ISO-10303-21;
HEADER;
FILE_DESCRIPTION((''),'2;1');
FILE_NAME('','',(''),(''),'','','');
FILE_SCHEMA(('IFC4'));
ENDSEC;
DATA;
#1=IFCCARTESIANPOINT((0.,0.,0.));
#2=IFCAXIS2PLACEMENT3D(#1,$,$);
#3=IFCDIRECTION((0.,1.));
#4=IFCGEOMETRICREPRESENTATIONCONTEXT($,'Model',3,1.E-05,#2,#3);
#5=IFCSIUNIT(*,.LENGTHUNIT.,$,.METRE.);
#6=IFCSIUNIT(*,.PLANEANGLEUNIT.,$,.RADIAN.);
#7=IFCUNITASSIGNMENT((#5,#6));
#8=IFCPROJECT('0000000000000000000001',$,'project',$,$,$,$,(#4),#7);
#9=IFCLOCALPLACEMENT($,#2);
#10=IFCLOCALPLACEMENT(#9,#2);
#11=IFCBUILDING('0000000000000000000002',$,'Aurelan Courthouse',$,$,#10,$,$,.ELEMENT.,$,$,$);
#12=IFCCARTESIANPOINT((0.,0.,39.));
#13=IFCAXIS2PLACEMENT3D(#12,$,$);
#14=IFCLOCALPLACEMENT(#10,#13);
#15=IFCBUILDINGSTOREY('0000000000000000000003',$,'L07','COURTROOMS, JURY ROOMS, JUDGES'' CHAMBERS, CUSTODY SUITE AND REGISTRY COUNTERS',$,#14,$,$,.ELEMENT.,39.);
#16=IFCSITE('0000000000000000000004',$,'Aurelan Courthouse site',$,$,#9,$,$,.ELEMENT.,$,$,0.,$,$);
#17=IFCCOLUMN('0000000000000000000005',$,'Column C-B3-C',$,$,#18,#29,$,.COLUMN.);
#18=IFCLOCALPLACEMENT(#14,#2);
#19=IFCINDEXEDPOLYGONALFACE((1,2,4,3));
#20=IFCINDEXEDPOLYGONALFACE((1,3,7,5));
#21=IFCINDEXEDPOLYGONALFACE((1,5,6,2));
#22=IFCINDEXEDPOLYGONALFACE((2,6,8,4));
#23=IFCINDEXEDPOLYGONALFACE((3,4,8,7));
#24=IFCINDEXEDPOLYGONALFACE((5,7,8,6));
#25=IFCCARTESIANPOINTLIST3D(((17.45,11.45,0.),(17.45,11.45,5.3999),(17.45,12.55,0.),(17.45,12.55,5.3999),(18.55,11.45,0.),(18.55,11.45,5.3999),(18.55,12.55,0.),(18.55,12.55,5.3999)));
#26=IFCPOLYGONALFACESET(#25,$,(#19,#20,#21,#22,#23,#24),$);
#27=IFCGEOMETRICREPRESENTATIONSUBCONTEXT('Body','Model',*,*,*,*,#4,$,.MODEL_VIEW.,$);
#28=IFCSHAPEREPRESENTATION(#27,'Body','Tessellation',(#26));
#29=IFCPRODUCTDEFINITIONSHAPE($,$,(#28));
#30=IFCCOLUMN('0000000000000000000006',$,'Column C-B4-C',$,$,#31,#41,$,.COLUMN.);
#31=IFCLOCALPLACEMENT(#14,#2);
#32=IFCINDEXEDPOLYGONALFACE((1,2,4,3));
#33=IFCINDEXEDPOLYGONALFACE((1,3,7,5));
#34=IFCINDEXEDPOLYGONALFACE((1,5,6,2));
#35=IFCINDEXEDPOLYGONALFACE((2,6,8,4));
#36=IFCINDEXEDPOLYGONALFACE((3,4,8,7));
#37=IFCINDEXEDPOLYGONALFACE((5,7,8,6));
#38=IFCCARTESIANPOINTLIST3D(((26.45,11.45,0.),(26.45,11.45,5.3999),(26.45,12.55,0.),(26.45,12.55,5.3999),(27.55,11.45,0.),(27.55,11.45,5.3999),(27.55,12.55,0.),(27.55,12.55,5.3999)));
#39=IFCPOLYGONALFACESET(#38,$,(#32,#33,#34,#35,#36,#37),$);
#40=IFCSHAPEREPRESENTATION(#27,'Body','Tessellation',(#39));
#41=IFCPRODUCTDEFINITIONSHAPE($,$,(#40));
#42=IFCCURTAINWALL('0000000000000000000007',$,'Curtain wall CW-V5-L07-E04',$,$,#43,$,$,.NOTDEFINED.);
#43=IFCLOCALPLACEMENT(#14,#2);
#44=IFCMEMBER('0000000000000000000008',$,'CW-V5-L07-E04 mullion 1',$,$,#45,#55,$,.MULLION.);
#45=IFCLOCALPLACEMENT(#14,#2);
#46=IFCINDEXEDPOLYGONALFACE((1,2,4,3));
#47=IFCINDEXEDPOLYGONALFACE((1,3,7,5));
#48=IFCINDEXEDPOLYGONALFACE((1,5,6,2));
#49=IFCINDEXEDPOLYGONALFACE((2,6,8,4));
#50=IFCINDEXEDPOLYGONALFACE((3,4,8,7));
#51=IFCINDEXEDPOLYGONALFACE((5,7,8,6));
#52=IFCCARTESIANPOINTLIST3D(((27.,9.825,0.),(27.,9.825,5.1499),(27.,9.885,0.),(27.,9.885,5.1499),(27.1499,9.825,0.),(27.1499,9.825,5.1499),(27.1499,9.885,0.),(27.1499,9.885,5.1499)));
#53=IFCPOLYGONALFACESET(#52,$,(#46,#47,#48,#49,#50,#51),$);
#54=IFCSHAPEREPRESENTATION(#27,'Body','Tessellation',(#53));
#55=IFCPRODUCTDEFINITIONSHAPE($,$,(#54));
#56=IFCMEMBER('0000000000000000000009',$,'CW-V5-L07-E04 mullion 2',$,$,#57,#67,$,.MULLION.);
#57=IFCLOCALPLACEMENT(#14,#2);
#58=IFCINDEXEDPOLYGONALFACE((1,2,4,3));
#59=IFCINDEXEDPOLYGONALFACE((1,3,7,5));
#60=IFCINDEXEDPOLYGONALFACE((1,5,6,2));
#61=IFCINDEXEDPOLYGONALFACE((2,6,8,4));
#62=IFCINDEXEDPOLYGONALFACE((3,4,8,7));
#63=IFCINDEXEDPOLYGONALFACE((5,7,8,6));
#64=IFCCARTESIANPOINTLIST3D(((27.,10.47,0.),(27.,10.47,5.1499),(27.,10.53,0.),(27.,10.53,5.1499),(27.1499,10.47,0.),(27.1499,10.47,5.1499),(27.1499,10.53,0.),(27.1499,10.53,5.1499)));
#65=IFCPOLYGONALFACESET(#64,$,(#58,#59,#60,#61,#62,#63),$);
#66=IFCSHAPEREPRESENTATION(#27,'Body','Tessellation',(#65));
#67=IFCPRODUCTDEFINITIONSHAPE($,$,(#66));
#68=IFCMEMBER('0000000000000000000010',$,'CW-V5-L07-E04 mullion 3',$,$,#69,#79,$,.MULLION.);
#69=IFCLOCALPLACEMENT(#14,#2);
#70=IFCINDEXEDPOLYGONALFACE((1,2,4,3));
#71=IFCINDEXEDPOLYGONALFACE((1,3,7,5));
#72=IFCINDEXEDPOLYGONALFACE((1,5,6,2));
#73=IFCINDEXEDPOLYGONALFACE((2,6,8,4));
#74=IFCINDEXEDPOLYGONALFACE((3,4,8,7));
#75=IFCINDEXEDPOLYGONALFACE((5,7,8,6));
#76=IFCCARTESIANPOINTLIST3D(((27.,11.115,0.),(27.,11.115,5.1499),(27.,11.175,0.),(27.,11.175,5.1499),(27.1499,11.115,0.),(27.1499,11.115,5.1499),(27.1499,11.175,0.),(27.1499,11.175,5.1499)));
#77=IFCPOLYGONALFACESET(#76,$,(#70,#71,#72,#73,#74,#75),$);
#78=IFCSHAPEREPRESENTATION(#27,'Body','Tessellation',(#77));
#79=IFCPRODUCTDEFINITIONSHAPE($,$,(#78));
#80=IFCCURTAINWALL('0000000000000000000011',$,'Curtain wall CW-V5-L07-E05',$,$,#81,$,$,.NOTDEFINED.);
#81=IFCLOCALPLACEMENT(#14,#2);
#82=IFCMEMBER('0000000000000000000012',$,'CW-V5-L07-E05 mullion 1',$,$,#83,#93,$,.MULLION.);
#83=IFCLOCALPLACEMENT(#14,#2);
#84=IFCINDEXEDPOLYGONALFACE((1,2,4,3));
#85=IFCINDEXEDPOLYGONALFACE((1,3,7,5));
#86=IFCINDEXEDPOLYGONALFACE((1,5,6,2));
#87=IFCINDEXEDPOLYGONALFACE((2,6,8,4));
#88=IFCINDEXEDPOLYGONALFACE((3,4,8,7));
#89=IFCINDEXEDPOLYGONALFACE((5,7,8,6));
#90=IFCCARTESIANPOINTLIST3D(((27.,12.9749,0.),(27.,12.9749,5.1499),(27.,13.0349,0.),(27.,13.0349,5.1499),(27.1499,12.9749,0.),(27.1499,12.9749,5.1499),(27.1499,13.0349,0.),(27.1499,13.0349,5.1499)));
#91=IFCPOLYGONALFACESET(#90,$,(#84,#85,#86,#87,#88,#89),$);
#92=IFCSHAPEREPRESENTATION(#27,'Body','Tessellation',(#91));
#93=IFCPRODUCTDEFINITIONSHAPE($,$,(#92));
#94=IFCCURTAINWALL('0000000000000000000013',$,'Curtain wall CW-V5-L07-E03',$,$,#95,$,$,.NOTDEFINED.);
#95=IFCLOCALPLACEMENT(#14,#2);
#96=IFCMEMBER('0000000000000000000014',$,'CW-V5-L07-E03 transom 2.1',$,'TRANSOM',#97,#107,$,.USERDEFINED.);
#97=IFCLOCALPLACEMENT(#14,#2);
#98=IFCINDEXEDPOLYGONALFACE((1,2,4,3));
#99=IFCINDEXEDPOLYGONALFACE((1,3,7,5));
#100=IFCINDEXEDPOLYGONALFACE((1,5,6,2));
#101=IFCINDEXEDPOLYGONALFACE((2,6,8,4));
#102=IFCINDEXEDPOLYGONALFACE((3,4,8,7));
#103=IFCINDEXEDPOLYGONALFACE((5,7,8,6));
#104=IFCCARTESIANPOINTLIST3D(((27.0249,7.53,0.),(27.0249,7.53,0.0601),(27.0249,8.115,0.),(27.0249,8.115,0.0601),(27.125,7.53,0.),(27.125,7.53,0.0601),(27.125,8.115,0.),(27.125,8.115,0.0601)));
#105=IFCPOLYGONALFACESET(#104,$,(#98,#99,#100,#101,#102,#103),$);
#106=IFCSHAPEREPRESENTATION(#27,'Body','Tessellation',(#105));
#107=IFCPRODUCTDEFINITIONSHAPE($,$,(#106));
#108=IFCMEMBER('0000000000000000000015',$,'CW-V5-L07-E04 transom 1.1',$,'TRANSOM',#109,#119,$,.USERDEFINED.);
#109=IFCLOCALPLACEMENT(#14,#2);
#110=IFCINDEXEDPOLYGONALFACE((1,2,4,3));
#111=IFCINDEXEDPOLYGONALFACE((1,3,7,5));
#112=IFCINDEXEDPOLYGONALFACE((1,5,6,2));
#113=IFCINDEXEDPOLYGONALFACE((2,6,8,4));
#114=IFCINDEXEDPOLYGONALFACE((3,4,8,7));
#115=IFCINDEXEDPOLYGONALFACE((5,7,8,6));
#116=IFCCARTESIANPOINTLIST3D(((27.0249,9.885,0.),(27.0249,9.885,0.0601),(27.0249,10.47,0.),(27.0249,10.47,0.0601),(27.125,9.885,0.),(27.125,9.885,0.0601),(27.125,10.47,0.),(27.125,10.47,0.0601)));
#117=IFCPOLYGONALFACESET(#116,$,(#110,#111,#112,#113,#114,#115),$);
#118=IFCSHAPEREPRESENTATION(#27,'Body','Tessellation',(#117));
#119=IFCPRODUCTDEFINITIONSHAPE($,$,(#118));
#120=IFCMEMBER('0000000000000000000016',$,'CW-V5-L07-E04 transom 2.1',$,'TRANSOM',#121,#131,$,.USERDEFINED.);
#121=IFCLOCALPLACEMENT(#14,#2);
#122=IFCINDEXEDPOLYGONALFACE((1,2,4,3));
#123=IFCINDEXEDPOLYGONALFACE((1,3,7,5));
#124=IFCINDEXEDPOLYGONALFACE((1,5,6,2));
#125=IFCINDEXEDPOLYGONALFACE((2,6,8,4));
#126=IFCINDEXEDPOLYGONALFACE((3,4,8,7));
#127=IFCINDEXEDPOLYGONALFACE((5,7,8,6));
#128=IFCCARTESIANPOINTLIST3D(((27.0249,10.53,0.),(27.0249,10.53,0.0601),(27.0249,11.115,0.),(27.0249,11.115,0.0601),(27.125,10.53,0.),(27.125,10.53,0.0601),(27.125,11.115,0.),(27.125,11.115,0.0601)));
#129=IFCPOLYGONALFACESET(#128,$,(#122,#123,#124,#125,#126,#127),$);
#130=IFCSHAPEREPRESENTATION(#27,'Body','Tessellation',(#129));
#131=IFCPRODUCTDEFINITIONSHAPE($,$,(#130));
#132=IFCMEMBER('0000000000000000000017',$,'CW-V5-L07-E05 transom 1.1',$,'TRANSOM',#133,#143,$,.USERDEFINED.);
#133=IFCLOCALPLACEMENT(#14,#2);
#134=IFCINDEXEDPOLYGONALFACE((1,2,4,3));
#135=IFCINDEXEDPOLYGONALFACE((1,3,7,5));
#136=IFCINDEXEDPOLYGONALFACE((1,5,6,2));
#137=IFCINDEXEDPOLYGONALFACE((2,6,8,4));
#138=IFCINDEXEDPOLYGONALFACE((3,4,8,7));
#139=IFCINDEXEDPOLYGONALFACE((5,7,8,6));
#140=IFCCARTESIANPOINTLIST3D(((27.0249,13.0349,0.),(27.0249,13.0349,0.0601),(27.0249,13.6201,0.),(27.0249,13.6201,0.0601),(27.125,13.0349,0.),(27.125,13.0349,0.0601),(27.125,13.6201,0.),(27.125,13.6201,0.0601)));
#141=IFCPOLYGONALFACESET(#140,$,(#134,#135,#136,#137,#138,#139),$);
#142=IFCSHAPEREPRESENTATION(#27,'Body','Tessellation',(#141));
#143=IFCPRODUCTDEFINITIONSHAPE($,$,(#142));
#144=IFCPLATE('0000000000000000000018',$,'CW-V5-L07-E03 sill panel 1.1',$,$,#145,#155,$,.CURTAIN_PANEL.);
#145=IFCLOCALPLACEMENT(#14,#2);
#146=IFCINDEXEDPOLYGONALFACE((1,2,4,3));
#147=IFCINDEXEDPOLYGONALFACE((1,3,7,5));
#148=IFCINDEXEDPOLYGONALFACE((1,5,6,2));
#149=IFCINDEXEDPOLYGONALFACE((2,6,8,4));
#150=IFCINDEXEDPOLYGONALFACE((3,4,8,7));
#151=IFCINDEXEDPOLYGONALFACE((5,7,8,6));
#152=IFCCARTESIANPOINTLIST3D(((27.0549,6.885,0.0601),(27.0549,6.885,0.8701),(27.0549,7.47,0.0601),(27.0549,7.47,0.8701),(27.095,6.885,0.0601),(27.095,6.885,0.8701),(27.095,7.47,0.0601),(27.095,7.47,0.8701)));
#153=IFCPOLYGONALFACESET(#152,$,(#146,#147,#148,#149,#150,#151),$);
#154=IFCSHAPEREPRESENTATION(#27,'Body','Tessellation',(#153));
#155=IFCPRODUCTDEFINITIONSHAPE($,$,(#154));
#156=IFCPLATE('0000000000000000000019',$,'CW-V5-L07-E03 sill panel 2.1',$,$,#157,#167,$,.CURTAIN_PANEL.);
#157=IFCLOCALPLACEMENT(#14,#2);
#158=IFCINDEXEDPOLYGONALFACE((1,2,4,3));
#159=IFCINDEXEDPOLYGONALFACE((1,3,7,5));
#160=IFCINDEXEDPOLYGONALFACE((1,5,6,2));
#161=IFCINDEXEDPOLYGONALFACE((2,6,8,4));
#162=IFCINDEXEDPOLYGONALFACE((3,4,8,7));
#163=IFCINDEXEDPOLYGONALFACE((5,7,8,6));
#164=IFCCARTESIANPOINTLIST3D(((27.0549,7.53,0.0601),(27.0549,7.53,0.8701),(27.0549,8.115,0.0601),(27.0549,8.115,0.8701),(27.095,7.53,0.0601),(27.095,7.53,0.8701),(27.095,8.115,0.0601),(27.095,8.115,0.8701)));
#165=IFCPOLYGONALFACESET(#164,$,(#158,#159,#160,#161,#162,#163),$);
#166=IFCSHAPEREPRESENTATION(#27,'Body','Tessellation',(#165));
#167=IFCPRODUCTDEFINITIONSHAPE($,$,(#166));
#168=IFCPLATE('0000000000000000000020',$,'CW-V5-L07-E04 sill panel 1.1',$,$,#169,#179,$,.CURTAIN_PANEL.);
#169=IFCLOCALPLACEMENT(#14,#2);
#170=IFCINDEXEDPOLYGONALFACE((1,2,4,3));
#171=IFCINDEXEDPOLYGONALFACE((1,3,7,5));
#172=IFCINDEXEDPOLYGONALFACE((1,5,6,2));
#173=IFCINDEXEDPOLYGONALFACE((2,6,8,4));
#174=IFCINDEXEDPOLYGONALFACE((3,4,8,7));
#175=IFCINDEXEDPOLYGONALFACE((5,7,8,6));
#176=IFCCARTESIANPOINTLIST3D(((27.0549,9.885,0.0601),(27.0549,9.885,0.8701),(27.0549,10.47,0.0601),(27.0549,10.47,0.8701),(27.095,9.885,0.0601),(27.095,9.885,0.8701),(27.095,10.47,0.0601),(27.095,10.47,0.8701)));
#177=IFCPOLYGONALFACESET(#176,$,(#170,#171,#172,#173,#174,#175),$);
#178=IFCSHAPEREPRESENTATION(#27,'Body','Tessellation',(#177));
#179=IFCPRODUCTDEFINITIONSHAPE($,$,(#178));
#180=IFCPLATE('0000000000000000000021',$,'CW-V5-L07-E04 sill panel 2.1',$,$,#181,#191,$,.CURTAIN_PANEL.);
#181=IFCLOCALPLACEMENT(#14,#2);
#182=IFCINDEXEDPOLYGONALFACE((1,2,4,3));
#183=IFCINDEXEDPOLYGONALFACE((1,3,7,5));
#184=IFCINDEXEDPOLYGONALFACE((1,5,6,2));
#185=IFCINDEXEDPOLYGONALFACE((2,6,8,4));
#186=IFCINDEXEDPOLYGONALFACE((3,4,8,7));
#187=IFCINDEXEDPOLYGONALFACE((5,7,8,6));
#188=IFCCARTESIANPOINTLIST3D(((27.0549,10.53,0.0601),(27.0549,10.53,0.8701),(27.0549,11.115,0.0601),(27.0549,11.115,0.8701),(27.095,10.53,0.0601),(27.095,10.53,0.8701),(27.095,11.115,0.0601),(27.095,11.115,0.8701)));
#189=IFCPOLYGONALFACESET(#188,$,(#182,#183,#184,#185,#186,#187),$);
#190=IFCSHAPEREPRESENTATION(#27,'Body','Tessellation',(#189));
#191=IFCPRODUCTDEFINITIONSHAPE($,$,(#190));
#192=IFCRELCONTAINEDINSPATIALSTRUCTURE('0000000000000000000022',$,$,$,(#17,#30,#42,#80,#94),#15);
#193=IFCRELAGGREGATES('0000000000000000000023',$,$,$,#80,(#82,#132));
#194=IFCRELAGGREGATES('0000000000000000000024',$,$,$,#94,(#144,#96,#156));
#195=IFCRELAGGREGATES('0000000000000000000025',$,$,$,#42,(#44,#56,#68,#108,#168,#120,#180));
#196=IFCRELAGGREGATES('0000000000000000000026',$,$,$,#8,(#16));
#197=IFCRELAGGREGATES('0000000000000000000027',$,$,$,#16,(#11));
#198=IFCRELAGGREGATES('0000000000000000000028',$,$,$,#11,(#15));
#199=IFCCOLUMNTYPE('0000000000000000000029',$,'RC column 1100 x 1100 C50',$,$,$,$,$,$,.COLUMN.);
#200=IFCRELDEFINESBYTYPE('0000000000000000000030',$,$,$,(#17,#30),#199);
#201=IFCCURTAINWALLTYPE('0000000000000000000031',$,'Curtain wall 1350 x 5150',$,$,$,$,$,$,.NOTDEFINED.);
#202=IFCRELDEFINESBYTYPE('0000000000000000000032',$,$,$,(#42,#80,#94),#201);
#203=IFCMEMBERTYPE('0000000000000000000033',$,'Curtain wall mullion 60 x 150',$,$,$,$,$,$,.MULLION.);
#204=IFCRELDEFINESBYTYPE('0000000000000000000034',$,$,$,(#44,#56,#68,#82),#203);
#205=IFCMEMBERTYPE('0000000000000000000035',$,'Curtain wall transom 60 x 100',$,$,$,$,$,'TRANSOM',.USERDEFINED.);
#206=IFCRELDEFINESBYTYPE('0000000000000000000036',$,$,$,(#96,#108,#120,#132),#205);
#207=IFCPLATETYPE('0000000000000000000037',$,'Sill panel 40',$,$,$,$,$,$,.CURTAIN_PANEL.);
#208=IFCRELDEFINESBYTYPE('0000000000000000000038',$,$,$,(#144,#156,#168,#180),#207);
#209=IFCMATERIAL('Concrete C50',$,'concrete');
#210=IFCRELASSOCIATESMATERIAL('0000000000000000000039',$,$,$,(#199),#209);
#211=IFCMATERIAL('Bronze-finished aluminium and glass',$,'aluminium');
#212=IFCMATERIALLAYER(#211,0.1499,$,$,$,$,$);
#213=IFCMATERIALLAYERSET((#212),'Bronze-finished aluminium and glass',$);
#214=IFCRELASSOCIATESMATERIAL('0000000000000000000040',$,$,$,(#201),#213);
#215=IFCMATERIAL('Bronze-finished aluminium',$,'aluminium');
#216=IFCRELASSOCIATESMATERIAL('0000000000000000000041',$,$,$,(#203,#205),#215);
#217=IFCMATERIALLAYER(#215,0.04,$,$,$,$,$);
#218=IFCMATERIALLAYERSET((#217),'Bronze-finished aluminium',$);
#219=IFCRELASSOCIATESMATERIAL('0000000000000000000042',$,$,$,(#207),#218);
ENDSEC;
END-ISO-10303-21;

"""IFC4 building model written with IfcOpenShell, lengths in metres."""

from ifc_helpers import new_model, si_unit, direction, frame, origin, origin_2d, place, context, subcontext, project, spatial, rectangle, extrude, material, layer, layer_set, material_profile, profile_set, type_object, element, aggregate, save


model = new_model("IFC4")

# Units and contexts
model_context = context("Model", 3, precision=1e-05, world=origin(), true_north=direction((0.0, 1.0)))
body_context = subcontext(model_context, "Body", "Model", "MODEL_VIEW")
ifc_project = project(units=[si_unit("LENGTHUNIT", "METRE"), si_unit("PLANEANGLEUNIT", "RADIAN")], contexts=[model_context])

# Site, building, storey
site_placement = place(None, origin())
site = spatial("IfcSite", under=ifc_project, at=site_placement, Name="Aurelan Courthouse site", CompositionType="ELEMENT", RefElevation=0.0)
building_placement = place(site_placement, origin())
building = spatial("IfcBuilding", under=site, at=building_placement, Name="Aurelan Courthouse", CompositionType="ELEMENT")
storey_placement = place(building_placement, frame((0.0, 0.0, 39.0)))
storey = spatial("IfcBuildingStorey", under=building, at=storey_placement, Name="L07", Description="COURTROOMS, JURY ROOMS, JUDGES' CHAMBERS, CUSTODY SUITE AND REGISTRY COUNTERS", CompositionType="ELEMENT", Elevation=39.0)

# Columns
ifc_material_1 = material(Name="Concrete C50", Category="concrete")
ifc_material_profile_1 = material_profile(ifc_material_1, rectangle(XDim=1.1001, YDim=1.1001, at=origin_2d()), Name="RC 1100 x 1100")
ifc_profile_set_1 = profile_set([ifc_material_profile_1], Name="Concrete C50")
column_type = type_object("IfcColumnType", Name="RC column 1100 x 1100 C50", PredefinedType="COLUMN", material=ifc_profile_set_1)
for number, where, z_axis, x_axis, name in (
    (1, (18.0, 12.0, 0.0), (0.0, 0.0, 1.0), (1.0, 0.0, 0.0), "Column C-B3-C"),
    (2, (27.0, 12.0, 0.0), (0.0, 0.0, 1.0), (1.0, 0.0, 0.0), "Column C-B4-C"),
):
    element("IfcColumn", number, at=place(storey_placement, frame(where, z_axis=z_axis, x_axis=x_axis)), inside=storey, type_object=column_type, Name=name, PredefinedType="COLUMN", context=body_context, shape_type="SweptSolid", body=[
        extrude(rectangle(XDim=1.1001, YDim=1.1001, at=origin_2d()), origin(), (0.0, 0.0, 1.0), 5.3999),
    ])

# Curtain wall, members
ifc_material_2 = material(Name="Bronze-finished aluminium and glass", Category="aluminium")
ifc_layer_1 = layer(ifc_material_2, 0.1499)
ifc_layer_set_1 = layer_set([ifc_layer_1], Name="Bronze-finished aluminium and glass")
curtain_wall_type = type_object("IfcCurtainWallType", Name="Curtain wall 1350 x 5150", PredefinedType="NOTDEFINED", material=ifc_layer_set_1)
curtain_wall_1_placement = place(storey_placement, origin())
curtain_wall_1 = element("IfcCurtainWall", 3, at=curtain_wall_1_placement, inside=storey, type_object=curtain_wall_type, Name="Curtain wall CW-V5-L07-E04", PredefinedType="NOTDEFINED")
ifc_material_3 = material(Name="Bronze-finished aluminium", Category="aluminium")
ifc_material_profile_2 = material_profile(ifc_material_3, rectangle(XDim=0.1499, YDim=0.0601, at=origin_2d()), Name="Bronze mullion 60 x 150")
ifc_profile_set_2 = profile_set([ifc_material_profile_2], Name="Bronze-finished aluminium")
member_type_1 = type_object("IfcMemberType", Name="Curtain wall mullion 60 x 150", PredefinedType="MULLION", material=ifc_profile_set_2)
member_1_placement = place(storey_placement, frame((27.075, 9.855, 0.0), z_axis=(0.0, 0.0, 1.0), x_axis=(-1.0, 0.0, 0.0)))
member_1 = element("IfcMember", 4, at=member_1_placement, type_object=member_type_1, Name="CW-V5-L07-E04 mullion 1", PredefinedType="MULLION", context=body_context, shape_type="SweptSolid", body=[
    extrude(rectangle(XDim=0.1499, YDim=0.0601, at=origin_2d()), origin(), (0.0, 0.0, 1.0), 5.1499),
])
member_2_placement = place(storey_placement, frame((27.075, 10.5, 0.0), z_axis=(0.0, 0.0, 1.0), x_axis=(-1.0, 0.0, 0.0)))
member_2 = element("IfcMember", 5, at=member_2_placement, type_object=member_type_1, Name="CW-V5-L07-E04 mullion 2", PredefinedType="MULLION", context=body_context, shape_type="SweptSolid", body=[
    extrude(rectangle(XDim=0.1499, YDim=0.0601, at=origin_2d()), origin(), (0.0, 0.0, 1.0), 5.1499),
])
member_3_placement = place(storey_placement, frame((27.075, 11.145, 0.0), z_axis=(0.0, 0.0, 1.0), x_axis=(-1.0, 0.0, 0.0)))
member_3 = element("IfcMember", 6, at=member_3_placement, type_object=member_type_1, Name="CW-V5-L07-E04 mullion 3", PredefinedType="MULLION", context=body_context, shape_type="SweptSolid", body=[
    extrude(rectangle(XDim=0.1499, YDim=0.0601, at=origin_2d()), origin(), (0.0, 0.0, 1.0), 5.1499),
])

# Curtain walls, members
curtain_wall_2_placement = place(storey_placement, origin())
curtain_wall_2 = element("IfcCurtainWall", 7, at=curtain_wall_2_placement, inside=storey, type_object=curtain_wall_type, Name="Curtain wall CW-V5-L07-E05", PredefinedType="NOTDEFINED")
member_4_placement = place(storey_placement, frame((27.075, 13.0049, 0.0), z_axis=(0.0, 0.0, 1.0), x_axis=(-1.0, 0.0, 0.0)))
member_4 = element("IfcMember", 8, at=member_4_placement, type_object=member_type_1, Name="CW-V5-L07-E05 mullion 1", PredefinedType="MULLION", context=body_context, shape_type="SweptSolid", body=[
    extrude(rectangle(XDim=0.1499, YDim=0.0601, at=origin_2d()), origin(), (0.0, 0.0, 1.0), 5.1499),
])
curtain_wall_3_placement = place(storey_placement, origin())
curtain_wall_3 = element("IfcCurtainWall", 9, at=curtain_wall_3_placement, inside=storey, type_object=curtain_wall_type, Name="Curtain wall CW-V5-L07-E03", PredefinedType="NOTDEFINED")
ifc_material_profile_3 = material_profile(ifc_material_3, rectangle(XDim=0.1001, YDim=0.0601, at=origin_2d()), Name="Bronze transom 60 x 100")
ifc_profile_set_3 = profile_set([ifc_material_profile_3], Name="Bronze-finished aluminium")
member_type_2 = type_object("IfcMemberType", Name="Curtain wall transom 60 x 100", ElementType="TRANSOM", PredefinedType="USERDEFINED", material=ifc_profile_set_3)
member_5_placement = place(storey_placement, frame((27.075, 7.53, 0.03), z_axis=(0.0, 1.0, 0.0), x_axis=(-1.0, 0.0, 0.0)))
member_5 = element("IfcMember", 10, at=member_5_placement, type_object=member_type_2, Name="CW-V5-L07-E03 transom 2.1", ObjectType="TRANSOM", PredefinedType="USERDEFINED", context=body_context, shape_type="SweptSolid", body=[
    extrude(rectangle(XDim=0.1001, YDim=0.0601, at=origin_2d()), origin(), (0.0, 0.0, 1.0), 0.585),
])

# Members
member_6_placement = place(storey_placement, frame((27.075, 9.885, 0.03), z_axis=(0.0, 1.0, 0.0), x_axis=(-1.0, 0.0, 0.0)))
member_6 = element("IfcMember", 11, at=member_6_placement, type_object=member_type_2, Name="CW-V5-L07-E04 transom 1.1", ObjectType="TRANSOM", PredefinedType="USERDEFINED", context=body_context, shape_type="SweptSolid", body=[
    extrude(rectangle(XDim=0.1001, YDim=0.0601, at=origin_2d()), origin(), (0.0, 0.0, 1.0), 0.585),
])
member_7_placement = place(storey_placement, frame((27.075, 10.53, 0.03), z_axis=(0.0, 1.0, 0.0), x_axis=(-1.0, 0.0, 0.0)))
member_7 = element("IfcMember", 12, at=member_7_placement, type_object=member_type_2, Name="CW-V5-L07-E04 transom 2.1", ObjectType="TRANSOM", PredefinedType="USERDEFINED", context=body_context, shape_type="SweptSolid", body=[
    extrude(rectangle(XDim=0.1001, YDim=0.0601, at=origin_2d()), origin(), (0.0, 0.0, 1.0), 0.585),
])
member_8_placement = place(storey_placement, frame((27.075, 13.0349, 0.03), z_axis=(0.0, 1.0, 0.0), x_axis=(-1.0, 0.0, 0.0)))
member_8 = element("IfcMember", 13, at=member_8_placement, type_object=member_type_2, Name="CW-V5-L07-E05 transom 1.1", ObjectType="TRANSOM", PredefinedType="USERDEFINED", context=body_context, shape_type="SweptSolid", body=[
    extrude(rectangle(XDim=0.1001, YDim=0.0601, at=origin_2d()), origin(), (0.0, 0.0, 1.0), 0.5852),
])
aggregate(curtain_wall_2, [member_4, member_8])

# Plates
ifc_layer_2 = layer(ifc_material_3, 0.04)
ifc_layer_set_2 = layer_set([ifc_layer_2], Name="Bronze-finished aluminium")
plate_type = type_object("IfcPlateType", Name="Sill panel 40", PredefinedType="CURTAIN_PANEL", material=ifc_layer_set_2)
plate_1_placement = place(storey_placement, frame((27.075, 7.1775, 0.0601), z_axis=(0.0, 0.0, 1.0), x_axis=(0.0, 1.0, 0.0)))
plate_1 = element("IfcPlate", 14, at=plate_1_placement, type_object=plate_type, Name="CW-V5-L07-E03 sill panel 1.1", PredefinedType="CURTAIN_PANEL", context=body_context, shape_type="SweptSolid", body=[
    extrude(rectangle(XDim=0.585, YDim=0.04, at=origin_2d()), origin(), (0.0, 0.0, 1.0), 0.8101),
])
plate_2_placement = place(storey_placement, frame((27.075, 7.8225, 0.0601), z_axis=(0.0, 0.0, 1.0), x_axis=(0.0, 1.0, 0.0)))
plate_2 = element("IfcPlate", 15, at=plate_2_placement, type_object=plate_type, Name="CW-V5-L07-E03 sill panel 2.1", PredefinedType="CURTAIN_PANEL", context=body_context, shape_type="SweptSolid", body=[
    extrude(rectangle(XDim=0.585, YDim=0.04, at=origin_2d()), origin(), (0.0, 0.0, 1.0), 0.8101),
])
aggregate(curtain_wall_3, [plate_1, member_5, plate_2])
plate_3_placement = place(storey_placement, frame((27.075, 10.1775, 0.0601), z_axis=(0.0, 0.0, 1.0), x_axis=(0.0, 1.0, 0.0)))
plate_3 = element("IfcPlate", 16, at=plate_3_placement, type_object=plate_type, Name="CW-V5-L07-E04 sill panel 1.1", PredefinedType="CURTAIN_PANEL", context=body_context, shape_type="SweptSolid", body=[
    extrude(rectangle(XDim=0.585, YDim=0.04, at=origin_2d()), origin(), (0.0, 0.0, 1.0), 0.8101),
])
plate_4_placement = place(storey_placement, frame((27.075, 10.8225, 0.0601), z_axis=(0.0, 0.0, 1.0), x_axis=(0.0, 1.0, 0.0)))
plate_4 = element("IfcPlate", 17, at=plate_4_placement, type_object=plate_type, Name="CW-V5-L07-E04 sill panel 2.1", PredefinedType="CURTAIN_PANEL", context=body_context, shape_type="SweptSolid", body=[
    extrude(rectangle(XDim=0.585, YDim=0.04, at=origin_2d()), origin(), (0.0, 0.0, 1.0), 0.8101),
])
aggregate(curtain_wall_1, [member_1, member_2, member_3, member_6, plate_3, member_7, plate_4])

save(model, "model.ifc")
